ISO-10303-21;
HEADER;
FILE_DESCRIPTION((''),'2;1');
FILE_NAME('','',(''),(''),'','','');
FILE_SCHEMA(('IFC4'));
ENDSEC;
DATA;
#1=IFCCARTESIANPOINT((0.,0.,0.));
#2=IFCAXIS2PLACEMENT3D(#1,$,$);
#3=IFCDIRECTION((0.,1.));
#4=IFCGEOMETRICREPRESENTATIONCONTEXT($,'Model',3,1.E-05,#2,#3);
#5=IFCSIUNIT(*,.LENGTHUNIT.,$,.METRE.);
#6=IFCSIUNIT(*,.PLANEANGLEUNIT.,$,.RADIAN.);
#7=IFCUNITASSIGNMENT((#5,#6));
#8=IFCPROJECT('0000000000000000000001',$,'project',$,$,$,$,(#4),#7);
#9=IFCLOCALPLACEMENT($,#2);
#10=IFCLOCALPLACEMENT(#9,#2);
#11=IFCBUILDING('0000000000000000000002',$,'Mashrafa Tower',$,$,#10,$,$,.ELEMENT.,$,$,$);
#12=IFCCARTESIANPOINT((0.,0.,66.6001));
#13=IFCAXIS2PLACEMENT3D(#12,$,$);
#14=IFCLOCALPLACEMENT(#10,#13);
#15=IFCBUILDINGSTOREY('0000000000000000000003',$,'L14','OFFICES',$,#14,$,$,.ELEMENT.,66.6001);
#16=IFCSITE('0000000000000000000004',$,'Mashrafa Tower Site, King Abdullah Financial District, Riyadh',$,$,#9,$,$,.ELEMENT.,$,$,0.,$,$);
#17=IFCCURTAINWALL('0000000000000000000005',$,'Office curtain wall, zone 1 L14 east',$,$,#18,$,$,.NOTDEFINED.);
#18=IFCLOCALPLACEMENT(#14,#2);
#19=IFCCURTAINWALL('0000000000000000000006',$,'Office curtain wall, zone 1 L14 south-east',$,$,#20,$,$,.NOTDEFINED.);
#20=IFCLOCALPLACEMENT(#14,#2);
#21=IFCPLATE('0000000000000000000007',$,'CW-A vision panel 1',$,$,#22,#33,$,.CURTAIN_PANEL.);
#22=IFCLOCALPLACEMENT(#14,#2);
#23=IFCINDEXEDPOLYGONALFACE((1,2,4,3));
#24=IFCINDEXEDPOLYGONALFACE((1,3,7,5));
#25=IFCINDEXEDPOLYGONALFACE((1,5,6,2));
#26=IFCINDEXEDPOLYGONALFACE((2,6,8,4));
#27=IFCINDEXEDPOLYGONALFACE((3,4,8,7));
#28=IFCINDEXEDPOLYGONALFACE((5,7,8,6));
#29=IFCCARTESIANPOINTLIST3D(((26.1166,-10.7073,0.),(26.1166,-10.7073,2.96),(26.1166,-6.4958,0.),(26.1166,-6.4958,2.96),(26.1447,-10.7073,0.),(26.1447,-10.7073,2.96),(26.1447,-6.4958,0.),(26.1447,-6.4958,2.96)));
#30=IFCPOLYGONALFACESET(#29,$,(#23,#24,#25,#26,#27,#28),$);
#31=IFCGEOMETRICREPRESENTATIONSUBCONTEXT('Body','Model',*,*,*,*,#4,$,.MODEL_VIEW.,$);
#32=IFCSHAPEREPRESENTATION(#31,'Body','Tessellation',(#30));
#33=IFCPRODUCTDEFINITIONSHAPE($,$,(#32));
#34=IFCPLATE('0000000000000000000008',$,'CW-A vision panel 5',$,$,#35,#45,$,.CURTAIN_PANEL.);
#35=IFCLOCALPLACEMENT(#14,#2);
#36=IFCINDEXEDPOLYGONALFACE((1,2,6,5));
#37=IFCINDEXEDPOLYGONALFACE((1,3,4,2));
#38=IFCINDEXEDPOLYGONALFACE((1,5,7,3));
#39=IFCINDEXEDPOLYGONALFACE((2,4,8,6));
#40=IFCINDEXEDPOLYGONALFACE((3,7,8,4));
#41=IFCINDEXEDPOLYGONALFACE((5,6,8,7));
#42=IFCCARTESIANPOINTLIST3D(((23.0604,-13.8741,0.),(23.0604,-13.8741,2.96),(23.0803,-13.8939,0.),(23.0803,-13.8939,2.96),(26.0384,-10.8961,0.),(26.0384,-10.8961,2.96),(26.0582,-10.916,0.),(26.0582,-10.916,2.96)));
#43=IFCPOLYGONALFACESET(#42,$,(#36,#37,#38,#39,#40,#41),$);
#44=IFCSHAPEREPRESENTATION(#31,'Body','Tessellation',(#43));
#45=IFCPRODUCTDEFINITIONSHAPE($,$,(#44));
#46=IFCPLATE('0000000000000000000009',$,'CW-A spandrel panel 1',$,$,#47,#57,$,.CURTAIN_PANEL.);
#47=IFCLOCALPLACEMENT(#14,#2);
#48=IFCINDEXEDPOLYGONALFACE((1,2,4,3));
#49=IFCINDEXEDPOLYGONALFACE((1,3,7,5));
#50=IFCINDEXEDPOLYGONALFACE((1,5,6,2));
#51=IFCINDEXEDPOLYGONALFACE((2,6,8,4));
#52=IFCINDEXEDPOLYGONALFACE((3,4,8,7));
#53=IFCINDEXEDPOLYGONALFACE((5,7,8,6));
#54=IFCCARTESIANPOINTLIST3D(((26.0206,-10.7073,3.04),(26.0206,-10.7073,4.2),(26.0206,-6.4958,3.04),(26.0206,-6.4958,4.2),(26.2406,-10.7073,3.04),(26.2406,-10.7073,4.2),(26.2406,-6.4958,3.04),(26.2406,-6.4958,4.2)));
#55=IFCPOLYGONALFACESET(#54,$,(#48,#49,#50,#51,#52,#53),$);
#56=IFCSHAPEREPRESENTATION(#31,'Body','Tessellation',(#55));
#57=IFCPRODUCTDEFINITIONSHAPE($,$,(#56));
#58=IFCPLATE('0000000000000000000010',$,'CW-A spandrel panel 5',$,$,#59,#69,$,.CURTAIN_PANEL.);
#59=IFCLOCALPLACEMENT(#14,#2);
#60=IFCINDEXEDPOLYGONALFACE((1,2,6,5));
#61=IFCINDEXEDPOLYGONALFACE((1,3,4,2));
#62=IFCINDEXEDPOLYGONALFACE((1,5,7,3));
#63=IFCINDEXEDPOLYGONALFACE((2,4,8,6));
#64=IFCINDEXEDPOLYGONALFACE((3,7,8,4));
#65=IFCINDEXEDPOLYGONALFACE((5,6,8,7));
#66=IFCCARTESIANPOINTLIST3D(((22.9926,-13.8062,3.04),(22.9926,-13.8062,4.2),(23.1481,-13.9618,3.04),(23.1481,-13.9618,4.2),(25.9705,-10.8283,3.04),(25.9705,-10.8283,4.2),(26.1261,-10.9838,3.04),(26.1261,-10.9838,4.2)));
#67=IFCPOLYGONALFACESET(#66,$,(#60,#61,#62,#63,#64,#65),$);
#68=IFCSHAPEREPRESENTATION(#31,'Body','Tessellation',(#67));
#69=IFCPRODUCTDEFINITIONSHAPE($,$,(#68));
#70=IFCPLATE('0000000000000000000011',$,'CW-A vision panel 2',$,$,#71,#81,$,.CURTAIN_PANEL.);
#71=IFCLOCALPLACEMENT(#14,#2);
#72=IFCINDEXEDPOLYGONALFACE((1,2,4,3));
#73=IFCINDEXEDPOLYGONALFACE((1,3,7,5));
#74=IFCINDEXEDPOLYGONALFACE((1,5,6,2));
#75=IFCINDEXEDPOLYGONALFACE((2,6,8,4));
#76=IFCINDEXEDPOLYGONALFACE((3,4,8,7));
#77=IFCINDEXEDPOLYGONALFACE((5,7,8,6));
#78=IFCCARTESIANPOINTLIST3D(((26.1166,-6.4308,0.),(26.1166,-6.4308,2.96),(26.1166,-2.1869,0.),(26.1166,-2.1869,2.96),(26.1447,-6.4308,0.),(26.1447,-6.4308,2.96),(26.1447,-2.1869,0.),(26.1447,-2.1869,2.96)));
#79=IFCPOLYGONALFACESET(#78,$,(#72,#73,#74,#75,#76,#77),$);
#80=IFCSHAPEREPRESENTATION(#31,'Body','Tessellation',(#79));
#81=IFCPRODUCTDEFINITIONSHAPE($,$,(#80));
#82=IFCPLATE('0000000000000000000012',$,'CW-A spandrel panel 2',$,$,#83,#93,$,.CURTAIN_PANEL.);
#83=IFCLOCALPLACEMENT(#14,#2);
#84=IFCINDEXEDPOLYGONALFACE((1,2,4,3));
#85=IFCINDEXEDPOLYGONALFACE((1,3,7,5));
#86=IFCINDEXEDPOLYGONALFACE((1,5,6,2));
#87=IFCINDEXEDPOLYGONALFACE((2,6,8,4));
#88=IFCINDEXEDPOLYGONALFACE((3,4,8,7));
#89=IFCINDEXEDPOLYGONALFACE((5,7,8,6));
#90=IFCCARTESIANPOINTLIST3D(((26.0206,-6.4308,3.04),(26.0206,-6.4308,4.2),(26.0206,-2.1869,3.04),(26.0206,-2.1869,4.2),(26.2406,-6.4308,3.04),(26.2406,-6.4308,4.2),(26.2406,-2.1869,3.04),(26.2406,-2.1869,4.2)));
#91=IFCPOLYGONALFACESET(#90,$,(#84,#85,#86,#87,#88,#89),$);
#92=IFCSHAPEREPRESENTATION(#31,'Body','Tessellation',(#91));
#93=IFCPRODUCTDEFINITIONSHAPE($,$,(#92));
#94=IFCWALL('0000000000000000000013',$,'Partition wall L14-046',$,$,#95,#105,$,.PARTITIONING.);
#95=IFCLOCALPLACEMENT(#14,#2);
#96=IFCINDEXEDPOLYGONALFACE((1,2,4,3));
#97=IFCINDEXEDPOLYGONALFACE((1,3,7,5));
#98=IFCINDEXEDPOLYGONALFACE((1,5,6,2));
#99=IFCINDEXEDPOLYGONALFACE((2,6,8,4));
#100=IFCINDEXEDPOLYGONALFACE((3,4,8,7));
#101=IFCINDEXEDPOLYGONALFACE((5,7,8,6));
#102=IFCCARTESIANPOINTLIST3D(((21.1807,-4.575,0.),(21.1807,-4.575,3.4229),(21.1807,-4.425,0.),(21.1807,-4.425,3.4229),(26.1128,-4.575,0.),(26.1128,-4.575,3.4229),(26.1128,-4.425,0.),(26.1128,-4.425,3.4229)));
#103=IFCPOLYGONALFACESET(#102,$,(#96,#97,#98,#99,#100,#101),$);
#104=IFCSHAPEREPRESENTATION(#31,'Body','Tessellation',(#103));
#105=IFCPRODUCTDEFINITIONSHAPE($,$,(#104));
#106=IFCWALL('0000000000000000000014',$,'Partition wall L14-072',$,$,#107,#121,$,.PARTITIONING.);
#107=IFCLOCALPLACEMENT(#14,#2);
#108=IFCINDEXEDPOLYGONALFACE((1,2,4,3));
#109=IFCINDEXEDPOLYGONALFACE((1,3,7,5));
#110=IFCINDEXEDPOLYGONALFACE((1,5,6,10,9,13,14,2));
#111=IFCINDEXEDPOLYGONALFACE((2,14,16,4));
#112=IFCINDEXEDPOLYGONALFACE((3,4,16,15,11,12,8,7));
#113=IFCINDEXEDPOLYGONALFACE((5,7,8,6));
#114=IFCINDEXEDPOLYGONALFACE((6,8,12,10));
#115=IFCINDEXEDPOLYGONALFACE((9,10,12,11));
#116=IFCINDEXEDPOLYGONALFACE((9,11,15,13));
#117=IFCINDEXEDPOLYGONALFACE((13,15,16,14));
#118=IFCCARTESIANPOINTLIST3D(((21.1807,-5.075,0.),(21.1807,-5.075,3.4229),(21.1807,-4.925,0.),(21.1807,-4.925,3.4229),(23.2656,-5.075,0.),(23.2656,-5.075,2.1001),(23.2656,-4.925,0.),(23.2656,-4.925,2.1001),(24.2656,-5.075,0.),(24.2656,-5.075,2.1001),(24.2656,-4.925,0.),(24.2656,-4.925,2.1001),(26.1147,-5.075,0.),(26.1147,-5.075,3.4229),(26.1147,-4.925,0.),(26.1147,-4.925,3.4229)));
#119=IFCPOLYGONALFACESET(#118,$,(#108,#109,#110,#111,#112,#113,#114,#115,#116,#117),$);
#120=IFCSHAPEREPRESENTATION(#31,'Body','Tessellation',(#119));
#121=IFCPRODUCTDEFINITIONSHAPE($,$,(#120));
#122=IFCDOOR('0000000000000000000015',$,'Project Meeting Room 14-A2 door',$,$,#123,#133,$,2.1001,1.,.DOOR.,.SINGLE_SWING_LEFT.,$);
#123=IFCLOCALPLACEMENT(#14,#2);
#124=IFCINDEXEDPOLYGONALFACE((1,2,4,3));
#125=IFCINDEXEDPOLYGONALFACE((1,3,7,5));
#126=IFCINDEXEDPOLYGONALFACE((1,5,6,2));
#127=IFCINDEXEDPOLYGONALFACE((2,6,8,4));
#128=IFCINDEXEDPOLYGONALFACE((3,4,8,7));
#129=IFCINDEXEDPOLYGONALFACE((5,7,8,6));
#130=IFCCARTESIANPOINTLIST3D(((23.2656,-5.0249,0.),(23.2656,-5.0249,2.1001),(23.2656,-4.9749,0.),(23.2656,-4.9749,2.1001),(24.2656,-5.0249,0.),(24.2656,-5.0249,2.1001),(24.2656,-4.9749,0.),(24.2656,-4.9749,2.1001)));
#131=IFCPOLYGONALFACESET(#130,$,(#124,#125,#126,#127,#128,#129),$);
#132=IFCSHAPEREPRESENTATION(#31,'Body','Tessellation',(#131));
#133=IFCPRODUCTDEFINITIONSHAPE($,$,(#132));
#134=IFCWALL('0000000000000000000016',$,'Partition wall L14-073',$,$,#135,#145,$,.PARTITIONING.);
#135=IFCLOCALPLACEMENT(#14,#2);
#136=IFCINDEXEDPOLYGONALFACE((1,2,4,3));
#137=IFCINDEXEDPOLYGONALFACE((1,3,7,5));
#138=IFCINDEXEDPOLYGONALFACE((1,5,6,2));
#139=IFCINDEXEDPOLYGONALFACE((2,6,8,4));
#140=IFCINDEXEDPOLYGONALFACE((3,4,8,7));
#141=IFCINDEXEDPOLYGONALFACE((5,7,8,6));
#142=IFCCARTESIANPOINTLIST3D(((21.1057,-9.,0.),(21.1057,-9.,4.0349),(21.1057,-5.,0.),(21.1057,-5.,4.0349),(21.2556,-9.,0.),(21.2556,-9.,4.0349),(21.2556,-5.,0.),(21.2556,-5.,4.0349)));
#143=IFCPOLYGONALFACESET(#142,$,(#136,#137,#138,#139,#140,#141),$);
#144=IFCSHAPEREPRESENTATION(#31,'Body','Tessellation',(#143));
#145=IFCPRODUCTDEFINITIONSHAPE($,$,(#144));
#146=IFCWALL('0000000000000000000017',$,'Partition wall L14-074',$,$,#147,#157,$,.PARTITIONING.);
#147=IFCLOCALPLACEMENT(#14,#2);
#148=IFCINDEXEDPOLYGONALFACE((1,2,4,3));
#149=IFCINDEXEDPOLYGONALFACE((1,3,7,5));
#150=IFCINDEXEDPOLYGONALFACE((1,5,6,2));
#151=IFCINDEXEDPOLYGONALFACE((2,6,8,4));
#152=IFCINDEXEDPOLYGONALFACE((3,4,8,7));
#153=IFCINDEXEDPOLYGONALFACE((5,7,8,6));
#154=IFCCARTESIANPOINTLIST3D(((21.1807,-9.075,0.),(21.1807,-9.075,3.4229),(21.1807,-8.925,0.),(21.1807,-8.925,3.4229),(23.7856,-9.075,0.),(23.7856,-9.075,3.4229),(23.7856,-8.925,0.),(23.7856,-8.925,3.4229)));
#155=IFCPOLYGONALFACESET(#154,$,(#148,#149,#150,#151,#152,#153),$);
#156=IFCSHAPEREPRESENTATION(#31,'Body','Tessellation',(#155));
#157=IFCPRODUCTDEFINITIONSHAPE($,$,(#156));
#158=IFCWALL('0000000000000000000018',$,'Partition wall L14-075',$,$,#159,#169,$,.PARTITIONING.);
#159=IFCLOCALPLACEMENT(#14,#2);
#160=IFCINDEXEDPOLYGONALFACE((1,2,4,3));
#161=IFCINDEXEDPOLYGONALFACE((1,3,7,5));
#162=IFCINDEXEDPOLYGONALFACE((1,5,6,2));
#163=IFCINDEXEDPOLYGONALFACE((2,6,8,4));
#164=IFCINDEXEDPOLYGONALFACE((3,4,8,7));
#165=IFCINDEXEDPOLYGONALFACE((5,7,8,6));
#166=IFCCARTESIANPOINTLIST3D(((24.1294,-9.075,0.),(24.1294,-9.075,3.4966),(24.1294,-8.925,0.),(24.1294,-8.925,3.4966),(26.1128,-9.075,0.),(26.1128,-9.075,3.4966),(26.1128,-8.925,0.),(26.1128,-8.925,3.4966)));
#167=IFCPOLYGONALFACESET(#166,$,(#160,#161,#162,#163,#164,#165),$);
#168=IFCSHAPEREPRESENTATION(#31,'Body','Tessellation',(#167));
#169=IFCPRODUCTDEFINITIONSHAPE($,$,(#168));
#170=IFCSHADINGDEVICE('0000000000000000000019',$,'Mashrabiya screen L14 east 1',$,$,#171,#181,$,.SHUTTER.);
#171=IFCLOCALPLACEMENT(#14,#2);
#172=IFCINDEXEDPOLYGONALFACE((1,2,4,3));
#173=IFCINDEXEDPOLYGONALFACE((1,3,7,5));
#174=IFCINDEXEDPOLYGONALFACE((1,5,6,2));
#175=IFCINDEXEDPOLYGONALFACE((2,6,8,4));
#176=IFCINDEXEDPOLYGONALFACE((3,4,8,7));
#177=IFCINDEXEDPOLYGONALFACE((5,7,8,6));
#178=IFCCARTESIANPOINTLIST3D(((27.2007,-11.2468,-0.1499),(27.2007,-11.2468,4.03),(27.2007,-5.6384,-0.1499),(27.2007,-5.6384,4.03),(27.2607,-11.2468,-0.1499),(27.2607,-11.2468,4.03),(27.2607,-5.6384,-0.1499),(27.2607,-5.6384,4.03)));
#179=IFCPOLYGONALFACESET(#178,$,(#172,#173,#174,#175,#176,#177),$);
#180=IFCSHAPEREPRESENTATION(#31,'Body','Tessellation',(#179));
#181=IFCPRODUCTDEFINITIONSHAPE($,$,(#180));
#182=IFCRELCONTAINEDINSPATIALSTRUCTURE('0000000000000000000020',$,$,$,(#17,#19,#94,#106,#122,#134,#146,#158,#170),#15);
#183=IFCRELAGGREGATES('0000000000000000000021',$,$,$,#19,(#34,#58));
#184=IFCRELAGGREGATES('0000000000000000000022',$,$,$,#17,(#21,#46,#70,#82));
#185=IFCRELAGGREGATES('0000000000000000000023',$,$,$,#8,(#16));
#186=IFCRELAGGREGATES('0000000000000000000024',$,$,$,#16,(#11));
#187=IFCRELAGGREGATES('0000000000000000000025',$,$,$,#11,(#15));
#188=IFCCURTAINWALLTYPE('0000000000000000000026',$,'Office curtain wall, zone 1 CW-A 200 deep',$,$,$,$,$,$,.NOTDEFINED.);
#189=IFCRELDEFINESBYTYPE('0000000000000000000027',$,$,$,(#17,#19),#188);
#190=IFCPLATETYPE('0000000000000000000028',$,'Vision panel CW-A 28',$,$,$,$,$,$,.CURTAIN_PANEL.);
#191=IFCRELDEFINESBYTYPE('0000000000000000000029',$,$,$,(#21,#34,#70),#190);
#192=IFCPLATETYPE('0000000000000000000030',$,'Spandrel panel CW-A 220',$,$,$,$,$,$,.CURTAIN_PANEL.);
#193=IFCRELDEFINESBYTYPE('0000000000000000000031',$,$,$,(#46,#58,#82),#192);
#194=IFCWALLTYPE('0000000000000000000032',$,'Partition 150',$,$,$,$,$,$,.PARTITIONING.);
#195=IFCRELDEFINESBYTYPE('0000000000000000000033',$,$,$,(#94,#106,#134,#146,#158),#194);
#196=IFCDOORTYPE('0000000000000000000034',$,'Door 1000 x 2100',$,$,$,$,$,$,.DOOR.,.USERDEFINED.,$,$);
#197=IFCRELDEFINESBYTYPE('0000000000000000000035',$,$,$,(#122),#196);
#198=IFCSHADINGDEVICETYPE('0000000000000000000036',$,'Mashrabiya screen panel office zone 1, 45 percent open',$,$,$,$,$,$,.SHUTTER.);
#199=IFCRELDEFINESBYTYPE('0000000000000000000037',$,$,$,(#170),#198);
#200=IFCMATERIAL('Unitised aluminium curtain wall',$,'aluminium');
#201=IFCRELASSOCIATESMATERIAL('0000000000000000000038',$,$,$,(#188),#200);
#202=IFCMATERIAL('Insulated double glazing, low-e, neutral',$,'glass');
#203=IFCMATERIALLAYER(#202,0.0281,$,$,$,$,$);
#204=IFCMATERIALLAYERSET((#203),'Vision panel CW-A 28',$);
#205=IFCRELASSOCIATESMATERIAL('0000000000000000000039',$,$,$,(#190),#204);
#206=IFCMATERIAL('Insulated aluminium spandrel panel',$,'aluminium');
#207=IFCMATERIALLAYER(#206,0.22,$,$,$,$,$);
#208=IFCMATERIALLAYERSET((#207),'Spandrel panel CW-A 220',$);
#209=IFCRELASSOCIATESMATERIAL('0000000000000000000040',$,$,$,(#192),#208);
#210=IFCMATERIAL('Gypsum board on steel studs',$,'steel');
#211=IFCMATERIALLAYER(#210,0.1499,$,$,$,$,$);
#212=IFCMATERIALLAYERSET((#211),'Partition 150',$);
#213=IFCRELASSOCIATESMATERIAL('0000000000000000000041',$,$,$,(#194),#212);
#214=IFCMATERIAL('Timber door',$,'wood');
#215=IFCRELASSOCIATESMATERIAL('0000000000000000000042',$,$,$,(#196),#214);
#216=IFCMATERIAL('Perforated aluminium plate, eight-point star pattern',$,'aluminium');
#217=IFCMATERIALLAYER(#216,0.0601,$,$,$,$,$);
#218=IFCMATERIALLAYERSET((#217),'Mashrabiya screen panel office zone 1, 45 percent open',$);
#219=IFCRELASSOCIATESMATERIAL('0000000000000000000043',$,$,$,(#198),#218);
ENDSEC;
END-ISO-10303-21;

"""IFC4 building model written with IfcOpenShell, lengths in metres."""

from ifc_helpers import new_model, si_unit, direction, frame, frame_2d, origin, origin_2d, place, context, subcontext, project, spatial, rectangle, extrude, source, transform, mapped, material, layer, layer_set, type_object, type_shapes, element, fill, aggregate, save


model = new_model("IFC4")

# Units and contexts
model_context = context("Model", 3, precision=1e-05, world=origin(), true_north=direction((0.0, 1.0)))
body_context = subcontext(model_context, "Body", "Model", "MODEL_VIEW")
ifc_project = project(units=[si_unit("LENGTHUNIT", "METRE"), si_unit("PLANEANGLEUNIT", "RADIAN")], contexts=[model_context])

# Site, building, storey
site_placement = place(None, origin())
site = spatial("IfcSite", under=ifc_project, at=site_placement, Name="Mashrafa Tower Site, King Abdullah Financial District, Riyadh", CompositionType="ELEMENT", RefElevation=0.0)
building_placement = place(site_placement, origin())
building = spatial("IfcBuilding", under=site, at=building_placement, Name="Mashrafa Tower", CompositionType="ELEMENT")
storey_placement = place(building_placement, frame((0.0, 0.0, 66.6001)))
storey = spatial("IfcBuildingStorey", under=building, at=storey_placement, Name="L14", Description="OFFICES", CompositionType="ELEMENT", Elevation=66.6001)

# Curtain wall
ifc_material_1 = material(Name="Unitised aluminium curtain wall", Category="aluminium")
curtain_wall_type = type_object("IfcCurtainWallType", Name="Office curtain wall, zone 1 CW-A 200 deep", PredefinedType="NOTDEFINED", material=ifc_material_1)
curtain_wall_1_placement = place(storey_placement, origin())
curtain_wall_1 = element("IfcCurtainWall", 1, at=curtain_wall_1_placement, inside=storey, type_object=curtain_wall_type, Name="Office curtain wall, zone 1 L14 east", PredefinedType="NOTDEFINED")

# Curtain wall
curtain_wall_2_placement = place(storey_placement, origin())
curtain_wall_2 = element("IfcCurtainWall", 2, at=curtain_wall_2_placement, inside=storey, type_object=curtain_wall_type, Name="Office curtain wall, zone 1 L14 south-east", PredefinedType="NOTDEFINED")

# Plates
ifc_material_2 = material(Name="Insulated double glazing, low-e, neutral", Category="glass")
ifc_layer_1 = layer(ifc_material_2, 0.0281)
ifc_layer_set_1 = layer_set([ifc_layer_1], Name="Vision panel CW-A 28")
plate_type_1 = type_object("IfcPlateType", Name="Vision panel CW-A 28", PredefinedType="CURTAIN_PANEL", material=ifc_layer_set_1)
shared_shape_1 = source(origin(), body_context, "Body", "SweptSolid", [
    extrude(rectangle(XDim=4.2114, YDim=0.0281, at=origin_2d()), origin(), (0.0, 0.0, 1.0), 2.96),
])
plate_1_placement = place(storey_placement, frame((26.1306, -8.6016, 0.0), z_axis=(0.0, 0.0, 1.0), x_axis=(0.0, 1.0, 0.0)))
plate_1 = element("IfcPlate", 3, at=plate_1_placement, type_object=plate_type_1, Name="CW-A vision panel 1", PredefinedType="CURTAIN_PANEL", context=body_context, shape_type="MappedRepresentation", body=[
    mapped(shared_shape_1, transform((0.0, 0.0, 0.0))),
])
plate_2_placement = place(storey_placement, frame((24.5593, -12.395, 0.0), z_axis=(0.0, 0.0, 1.0), x_axis=(0.707107, 0.707107, 0.0)))
plate_2 = element("IfcPlate", 4, at=plate_2_placement, type_object=plate_type_1, Name="CW-A vision panel 5", PredefinedType="CURTAIN_PANEL", context=body_context, shape_type="MappedRepresentation", body=[
    mapped(shared_shape_1, transform((0.0, 0.0, 0.0))),
])
ifc_material_3 = material(Name="Insulated aluminium spandrel panel", Category="aluminium")
ifc_layer_2 = layer(ifc_material_3, 0.22)
ifc_layer_set_2 = layer_set([ifc_layer_2], Name="Spandrel panel CW-A 220")
plate_type_2 = type_object("IfcPlateType", Name="Spandrel panel CW-A 220", PredefinedType="CURTAIN_PANEL", material=ifc_layer_set_2)
shared_shape_2 = source(origin(), body_context, "Body", "SweptSolid", [
    extrude(rectangle(XDim=4.2114, YDim=0.22, at=origin_2d()), origin(), (0.0, 0.0, 1.0), 1.1599),
])
plate_3_placement = place(storey_placement, frame((26.1306, -8.6016, 3.04), z_axis=(0.0, 0.0, 1.0), x_axis=(0.0, 1.0, 0.0)))
plate_3 = element("IfcPlate", 5, at=plate_3_placement, type_object=plate_type_2, Name="CW-A spandrel panel 1", PredefinedType="CURTAIN_PANEL", context=body_context, shape_type="MappedRepresentation", body=[
    mapped(shared_shape_2, transform((0.0, 0.0, 0.0))),
])
plate_4_placement = place(storey_placement, frame((24.5593, -12.395, 3.04), z_axis=(0.0, 0.0, 1.0), x_axis=(0.707107, 0.707107, 0.0)))
plate_4 = element("IfcPlate", 6, at=plate_4_placement, type_object=plate_type_2, Name="CW-A spandrel panel 5", PredefinedType="CURTAIN_PANEL", context=body_context, shape_type="MappedRepresentation", body=[
    mapped(shared_shape_2, transform((0.0, 0.0, 0.0))),
])
aggregate(curtain_wall_2, [plate_2, plate_4])
shared_shape_3 = source(origin(), body_context, "Body", "SweptSolid", [
    extrude(rectangle(XDim=4.2439, YDim=0.0281, at=origin_2d()), origin(), (0.0, 0.0, 1.0), 2.96),
])
type_shapes(plate_type_1, [shared_shape_1, shared_shape_3])
plate_5_placement = place(storey_placement, frame((26.1306, -4.3088, 0.0), z_axis=(0.0, 0.0, 1.0), x_axis=(0.0, 1.0, 0.0)))
plate_5 = element("IfcPlate", 7, at=plate_5_placement, type_object=plate_type_1, Name="CW-A vision panel 2", PredefinedType="CURTAIN_PANEL", context=body_context, shape_type="MappedRepresentation", body=[
    mapped(shared_shape_3, transform((0.0, 0.0, 0.0))),
])
shared_shape_4 = source(origin(), body_context, "Body", "SweptSolid", [
    extrude(rectangle(XDim=4.2439, YDim=0.22, at=origin_2d()), origin(), (0.0, 0.0, 1.0), 1.1599),
])
type_shapes(plate_type_2, [shared_shape_2, shared_shape_4])
plate_6_placement = place(storey_placement, frame((26.1306, -4.3088, 3.04), z_axis=(0.0, 0.0, 1.0), x_axis=(0.0, 1.0, 0.0)))
plate_6 = element("IfcPlate", 8, at=plate_6_placement, type_object=plate_type_2, Name="CW-A spandrel panel 2", PredefinedType="CURTAIN_PANEL", context=body_context, shape_type="MappedRepresentation", body=[
    mapped(shared_shape_4, transform((0.0, 0.0, 0.0))),
])
aggregate(curtain_wall_1, [plate_1, plate_3, plate_5, plate_6])

# Wall
ifc_material_4 = material(Name="Gypsum board on steel studs", Category="steel")
ifc_layer_3 = layer(ifc_material_4, 0.1499)
ifc_layer_set_3 = layer_set([ifc_layer_3], Name="Partition 150")
wall_type = type_object("IfcWallType", Name="Partition 150", PredefinedType="PARTITIONING", material=ifc_layer_set_3)
wall_1_placement = place(storey_placement, frame((21.1807, -4.5, 0.0), z_axis=(0.0, 0.0, 1.0), x_axis=(1.0, 0.0, 0.0)))
element("IfcWall", 9, at=wall_1_placement, inside=storey, type_object=wall_type, Name="Partition wall L14-046", PredefinedType="PARTITIONING", context=body_context, shape_type="SweptSolid", body=[
    extrude(rectangle(XDim=4.9321, YDim=0.1499, at=frame_2d((2.4661, 0.0))), origin(), (0.0, 0.0, 1.0), 3.4229),
])

# Wall, opening, door
wall_2_placement = place(storey_placement, frame((26.1147, -5.0, 0.0), z_axis=(0.0, 0.0, 1.0), x_axis=(-1.0, 0.0, 0.0)))
wall_2 = element("IfcWall", 10, at=wall_2_placement, inside=storey, type_object=wall_type, Name="Partition wall L14-072", PredefinedType="PARTITIONING", context=body_context, shape_type="SweptSolid", body=[
    extrude(rectangle(XDim=4.9341, YDim=0.1499, at=frame_2d((2.467, 0.0))), origin(), (0.0, 0.0, 1.0), 3.4229),
])
opening_placement = place(wall_2_placement, frame((1.8491, 0.0, 0.0)))
opening = element("IfcOpeningElement", 11, at=opening_placement, cuts=wall_2, PredefinedType="OPENING", context=body_context, shape_type="SweptSolid", body=[
    extrude(rectangle(XDim=1.0, YDim=2.1001, at=frame_2d((0.5, 1.05))), frame((0.0, 0.085, 0.0), z_axis=(0.0, -1.0, 0.0), x_axis=(1.0, 0.0, 0.0)), (0.0, 0.0, 1.0), 0.1699),
])
ifc_material_5 = material(Name="Timber door", Category="wood")
door_type = type_object("IfcDoorType", Name="Door 1000 x 2100", OperationType="USERDEFINED", PredefinedType="DOOR", material=ifc_material_5)
door_placement = place(opening_placement, origin())
door = element("IfcDoor", 12, at=door_placement, inside=storey, type_object=door_type, Name="Project Meeting Room 14-A2 door", OperationType="SINGLE_SWING_LEFT", OverallHeight=2.1001, OverallWidth=1.0, PredefinedType="DOOR", context=body_context, shape_type="SweptSolid", body=[
    extrude(rectangle(XDim=1.0, YDim=2.1001, at=frame_2d((0.5, 1.05))), frame((0.0, 0.0249, 0.0), z_axis=(0.0, -1.0, 0.0), x_axis=(1.0, 0.0, 0.0)), (0.0, 0.0, 1.0), 0.05),
])
fill(opening, door)

# Walls
wall_3_placement = place(storey_placement, frame((21.1807, -5.0, 0.0), z_axis=(0.0, 0.0, 1.0), x_axis=(0.0, -1.0, 0.0)))
element("IfcWall", 13, at=wall_3_placement, inside=storey, type_object=wall_type, Name="Partition wall L14-073", PredefinedType="PARTITIONING", context=body_context, shape_type="SweptSolid", body=[
    extrude(rectangle(XDim=4.0, YDim=0.1499, at=frame_2d((2.0, 0.0))), origin(), (0.0, 0.0, 1.0), 4.0349),
])
wall_4_placement = place(storey_placement, frame((21.1807, -9.0, 0.0), z_axis=(0.0, 0.0, 1.0), x_axis=(1.0, 0.0, 0.0)))
element("IfcWall", 14, at=wall_4_placement, inside=storey, type_object=wall_type, Name="Partition wall L14-074", PredefinedType="PARTITIONING", context=body_context, shape_type="SweptSolid", body=[
    extrude(rectangle(XDim=2.605, YDim=0.1499, at=frame_2d((1.3025, 0.0))), origin(), (0.0, 0.0, 1.0), 3.4229),
])
wall_5_placement = place(storey_placement, frame((24.1294, -9.0, 0.0), z_axis=(0.0, 0.0, 1.0), x_axis=(1.0, 0.0, 0.0)))
element("IfcWall", 15, at=wall_5_placement, inside=storey, type_object=wall_type, Name="Partition wall L14-075", PredefinedType="PARTITIONING", context=body_context, shape_type="SweptSolid", body=[
    extrude(rectangle(XDim=1.9834, YDim=0.1499, at=frame_2d((0.9917, 0.0))), origin(), (0.0, 0.0, 1.0), 3.4966),
])

# Shading device
ifc_material_6 = material(Name="Perforated aluminium plate, eight-point star pattern", Category="aluminium")
ifc_layer_4 = layer(ifc_material_6, 0.0601)
ifc_layer_set_4 = layer_set([ifc_layer_4], Name="Mashrabiya screen panel office zone 1, 45 percent open")
shading_device_type = type_object("IfcShadingDeviceType", Name="Mashrabiya screen panel office zone 1, 45 percent open", PredefinedType="SHUTTER", material=ifc_layer_set_4)
shared_shape_5 = source(origin(), body_context, "Body", "SweptSolid", [
    extrude(rectangle(XDim=5.6084, YDim=0.0601, at=origin_2d()), origin(), (0.0, 0.0, 1.0), 4.1799),
])
type_shapes(shading_device_type, [shared_shape_5])
for number, where, z_axis, x_axis, name in (
    (16, (27.2307, -8.4426, -0.1499), (0.0, 0.0, 1.0), (0.0, 1.0, 0.0), "Mashrabiya screen L14 east 1"),
):
    element("IfcShadingDevice", number, at=place(storey_placement, frame(where, z_axis=z_axis, x_axis=x_axis)), inside=storey, type_object=shading_device_type, Name=name, PredefinedType="SHUTTER", context=body_context, shape_type="MappedRepresentation", body=[
        mapped(shared_shape_5, transform((0.0, 0.0, 0.0))),
    ])

save(model, "model.ifc")
